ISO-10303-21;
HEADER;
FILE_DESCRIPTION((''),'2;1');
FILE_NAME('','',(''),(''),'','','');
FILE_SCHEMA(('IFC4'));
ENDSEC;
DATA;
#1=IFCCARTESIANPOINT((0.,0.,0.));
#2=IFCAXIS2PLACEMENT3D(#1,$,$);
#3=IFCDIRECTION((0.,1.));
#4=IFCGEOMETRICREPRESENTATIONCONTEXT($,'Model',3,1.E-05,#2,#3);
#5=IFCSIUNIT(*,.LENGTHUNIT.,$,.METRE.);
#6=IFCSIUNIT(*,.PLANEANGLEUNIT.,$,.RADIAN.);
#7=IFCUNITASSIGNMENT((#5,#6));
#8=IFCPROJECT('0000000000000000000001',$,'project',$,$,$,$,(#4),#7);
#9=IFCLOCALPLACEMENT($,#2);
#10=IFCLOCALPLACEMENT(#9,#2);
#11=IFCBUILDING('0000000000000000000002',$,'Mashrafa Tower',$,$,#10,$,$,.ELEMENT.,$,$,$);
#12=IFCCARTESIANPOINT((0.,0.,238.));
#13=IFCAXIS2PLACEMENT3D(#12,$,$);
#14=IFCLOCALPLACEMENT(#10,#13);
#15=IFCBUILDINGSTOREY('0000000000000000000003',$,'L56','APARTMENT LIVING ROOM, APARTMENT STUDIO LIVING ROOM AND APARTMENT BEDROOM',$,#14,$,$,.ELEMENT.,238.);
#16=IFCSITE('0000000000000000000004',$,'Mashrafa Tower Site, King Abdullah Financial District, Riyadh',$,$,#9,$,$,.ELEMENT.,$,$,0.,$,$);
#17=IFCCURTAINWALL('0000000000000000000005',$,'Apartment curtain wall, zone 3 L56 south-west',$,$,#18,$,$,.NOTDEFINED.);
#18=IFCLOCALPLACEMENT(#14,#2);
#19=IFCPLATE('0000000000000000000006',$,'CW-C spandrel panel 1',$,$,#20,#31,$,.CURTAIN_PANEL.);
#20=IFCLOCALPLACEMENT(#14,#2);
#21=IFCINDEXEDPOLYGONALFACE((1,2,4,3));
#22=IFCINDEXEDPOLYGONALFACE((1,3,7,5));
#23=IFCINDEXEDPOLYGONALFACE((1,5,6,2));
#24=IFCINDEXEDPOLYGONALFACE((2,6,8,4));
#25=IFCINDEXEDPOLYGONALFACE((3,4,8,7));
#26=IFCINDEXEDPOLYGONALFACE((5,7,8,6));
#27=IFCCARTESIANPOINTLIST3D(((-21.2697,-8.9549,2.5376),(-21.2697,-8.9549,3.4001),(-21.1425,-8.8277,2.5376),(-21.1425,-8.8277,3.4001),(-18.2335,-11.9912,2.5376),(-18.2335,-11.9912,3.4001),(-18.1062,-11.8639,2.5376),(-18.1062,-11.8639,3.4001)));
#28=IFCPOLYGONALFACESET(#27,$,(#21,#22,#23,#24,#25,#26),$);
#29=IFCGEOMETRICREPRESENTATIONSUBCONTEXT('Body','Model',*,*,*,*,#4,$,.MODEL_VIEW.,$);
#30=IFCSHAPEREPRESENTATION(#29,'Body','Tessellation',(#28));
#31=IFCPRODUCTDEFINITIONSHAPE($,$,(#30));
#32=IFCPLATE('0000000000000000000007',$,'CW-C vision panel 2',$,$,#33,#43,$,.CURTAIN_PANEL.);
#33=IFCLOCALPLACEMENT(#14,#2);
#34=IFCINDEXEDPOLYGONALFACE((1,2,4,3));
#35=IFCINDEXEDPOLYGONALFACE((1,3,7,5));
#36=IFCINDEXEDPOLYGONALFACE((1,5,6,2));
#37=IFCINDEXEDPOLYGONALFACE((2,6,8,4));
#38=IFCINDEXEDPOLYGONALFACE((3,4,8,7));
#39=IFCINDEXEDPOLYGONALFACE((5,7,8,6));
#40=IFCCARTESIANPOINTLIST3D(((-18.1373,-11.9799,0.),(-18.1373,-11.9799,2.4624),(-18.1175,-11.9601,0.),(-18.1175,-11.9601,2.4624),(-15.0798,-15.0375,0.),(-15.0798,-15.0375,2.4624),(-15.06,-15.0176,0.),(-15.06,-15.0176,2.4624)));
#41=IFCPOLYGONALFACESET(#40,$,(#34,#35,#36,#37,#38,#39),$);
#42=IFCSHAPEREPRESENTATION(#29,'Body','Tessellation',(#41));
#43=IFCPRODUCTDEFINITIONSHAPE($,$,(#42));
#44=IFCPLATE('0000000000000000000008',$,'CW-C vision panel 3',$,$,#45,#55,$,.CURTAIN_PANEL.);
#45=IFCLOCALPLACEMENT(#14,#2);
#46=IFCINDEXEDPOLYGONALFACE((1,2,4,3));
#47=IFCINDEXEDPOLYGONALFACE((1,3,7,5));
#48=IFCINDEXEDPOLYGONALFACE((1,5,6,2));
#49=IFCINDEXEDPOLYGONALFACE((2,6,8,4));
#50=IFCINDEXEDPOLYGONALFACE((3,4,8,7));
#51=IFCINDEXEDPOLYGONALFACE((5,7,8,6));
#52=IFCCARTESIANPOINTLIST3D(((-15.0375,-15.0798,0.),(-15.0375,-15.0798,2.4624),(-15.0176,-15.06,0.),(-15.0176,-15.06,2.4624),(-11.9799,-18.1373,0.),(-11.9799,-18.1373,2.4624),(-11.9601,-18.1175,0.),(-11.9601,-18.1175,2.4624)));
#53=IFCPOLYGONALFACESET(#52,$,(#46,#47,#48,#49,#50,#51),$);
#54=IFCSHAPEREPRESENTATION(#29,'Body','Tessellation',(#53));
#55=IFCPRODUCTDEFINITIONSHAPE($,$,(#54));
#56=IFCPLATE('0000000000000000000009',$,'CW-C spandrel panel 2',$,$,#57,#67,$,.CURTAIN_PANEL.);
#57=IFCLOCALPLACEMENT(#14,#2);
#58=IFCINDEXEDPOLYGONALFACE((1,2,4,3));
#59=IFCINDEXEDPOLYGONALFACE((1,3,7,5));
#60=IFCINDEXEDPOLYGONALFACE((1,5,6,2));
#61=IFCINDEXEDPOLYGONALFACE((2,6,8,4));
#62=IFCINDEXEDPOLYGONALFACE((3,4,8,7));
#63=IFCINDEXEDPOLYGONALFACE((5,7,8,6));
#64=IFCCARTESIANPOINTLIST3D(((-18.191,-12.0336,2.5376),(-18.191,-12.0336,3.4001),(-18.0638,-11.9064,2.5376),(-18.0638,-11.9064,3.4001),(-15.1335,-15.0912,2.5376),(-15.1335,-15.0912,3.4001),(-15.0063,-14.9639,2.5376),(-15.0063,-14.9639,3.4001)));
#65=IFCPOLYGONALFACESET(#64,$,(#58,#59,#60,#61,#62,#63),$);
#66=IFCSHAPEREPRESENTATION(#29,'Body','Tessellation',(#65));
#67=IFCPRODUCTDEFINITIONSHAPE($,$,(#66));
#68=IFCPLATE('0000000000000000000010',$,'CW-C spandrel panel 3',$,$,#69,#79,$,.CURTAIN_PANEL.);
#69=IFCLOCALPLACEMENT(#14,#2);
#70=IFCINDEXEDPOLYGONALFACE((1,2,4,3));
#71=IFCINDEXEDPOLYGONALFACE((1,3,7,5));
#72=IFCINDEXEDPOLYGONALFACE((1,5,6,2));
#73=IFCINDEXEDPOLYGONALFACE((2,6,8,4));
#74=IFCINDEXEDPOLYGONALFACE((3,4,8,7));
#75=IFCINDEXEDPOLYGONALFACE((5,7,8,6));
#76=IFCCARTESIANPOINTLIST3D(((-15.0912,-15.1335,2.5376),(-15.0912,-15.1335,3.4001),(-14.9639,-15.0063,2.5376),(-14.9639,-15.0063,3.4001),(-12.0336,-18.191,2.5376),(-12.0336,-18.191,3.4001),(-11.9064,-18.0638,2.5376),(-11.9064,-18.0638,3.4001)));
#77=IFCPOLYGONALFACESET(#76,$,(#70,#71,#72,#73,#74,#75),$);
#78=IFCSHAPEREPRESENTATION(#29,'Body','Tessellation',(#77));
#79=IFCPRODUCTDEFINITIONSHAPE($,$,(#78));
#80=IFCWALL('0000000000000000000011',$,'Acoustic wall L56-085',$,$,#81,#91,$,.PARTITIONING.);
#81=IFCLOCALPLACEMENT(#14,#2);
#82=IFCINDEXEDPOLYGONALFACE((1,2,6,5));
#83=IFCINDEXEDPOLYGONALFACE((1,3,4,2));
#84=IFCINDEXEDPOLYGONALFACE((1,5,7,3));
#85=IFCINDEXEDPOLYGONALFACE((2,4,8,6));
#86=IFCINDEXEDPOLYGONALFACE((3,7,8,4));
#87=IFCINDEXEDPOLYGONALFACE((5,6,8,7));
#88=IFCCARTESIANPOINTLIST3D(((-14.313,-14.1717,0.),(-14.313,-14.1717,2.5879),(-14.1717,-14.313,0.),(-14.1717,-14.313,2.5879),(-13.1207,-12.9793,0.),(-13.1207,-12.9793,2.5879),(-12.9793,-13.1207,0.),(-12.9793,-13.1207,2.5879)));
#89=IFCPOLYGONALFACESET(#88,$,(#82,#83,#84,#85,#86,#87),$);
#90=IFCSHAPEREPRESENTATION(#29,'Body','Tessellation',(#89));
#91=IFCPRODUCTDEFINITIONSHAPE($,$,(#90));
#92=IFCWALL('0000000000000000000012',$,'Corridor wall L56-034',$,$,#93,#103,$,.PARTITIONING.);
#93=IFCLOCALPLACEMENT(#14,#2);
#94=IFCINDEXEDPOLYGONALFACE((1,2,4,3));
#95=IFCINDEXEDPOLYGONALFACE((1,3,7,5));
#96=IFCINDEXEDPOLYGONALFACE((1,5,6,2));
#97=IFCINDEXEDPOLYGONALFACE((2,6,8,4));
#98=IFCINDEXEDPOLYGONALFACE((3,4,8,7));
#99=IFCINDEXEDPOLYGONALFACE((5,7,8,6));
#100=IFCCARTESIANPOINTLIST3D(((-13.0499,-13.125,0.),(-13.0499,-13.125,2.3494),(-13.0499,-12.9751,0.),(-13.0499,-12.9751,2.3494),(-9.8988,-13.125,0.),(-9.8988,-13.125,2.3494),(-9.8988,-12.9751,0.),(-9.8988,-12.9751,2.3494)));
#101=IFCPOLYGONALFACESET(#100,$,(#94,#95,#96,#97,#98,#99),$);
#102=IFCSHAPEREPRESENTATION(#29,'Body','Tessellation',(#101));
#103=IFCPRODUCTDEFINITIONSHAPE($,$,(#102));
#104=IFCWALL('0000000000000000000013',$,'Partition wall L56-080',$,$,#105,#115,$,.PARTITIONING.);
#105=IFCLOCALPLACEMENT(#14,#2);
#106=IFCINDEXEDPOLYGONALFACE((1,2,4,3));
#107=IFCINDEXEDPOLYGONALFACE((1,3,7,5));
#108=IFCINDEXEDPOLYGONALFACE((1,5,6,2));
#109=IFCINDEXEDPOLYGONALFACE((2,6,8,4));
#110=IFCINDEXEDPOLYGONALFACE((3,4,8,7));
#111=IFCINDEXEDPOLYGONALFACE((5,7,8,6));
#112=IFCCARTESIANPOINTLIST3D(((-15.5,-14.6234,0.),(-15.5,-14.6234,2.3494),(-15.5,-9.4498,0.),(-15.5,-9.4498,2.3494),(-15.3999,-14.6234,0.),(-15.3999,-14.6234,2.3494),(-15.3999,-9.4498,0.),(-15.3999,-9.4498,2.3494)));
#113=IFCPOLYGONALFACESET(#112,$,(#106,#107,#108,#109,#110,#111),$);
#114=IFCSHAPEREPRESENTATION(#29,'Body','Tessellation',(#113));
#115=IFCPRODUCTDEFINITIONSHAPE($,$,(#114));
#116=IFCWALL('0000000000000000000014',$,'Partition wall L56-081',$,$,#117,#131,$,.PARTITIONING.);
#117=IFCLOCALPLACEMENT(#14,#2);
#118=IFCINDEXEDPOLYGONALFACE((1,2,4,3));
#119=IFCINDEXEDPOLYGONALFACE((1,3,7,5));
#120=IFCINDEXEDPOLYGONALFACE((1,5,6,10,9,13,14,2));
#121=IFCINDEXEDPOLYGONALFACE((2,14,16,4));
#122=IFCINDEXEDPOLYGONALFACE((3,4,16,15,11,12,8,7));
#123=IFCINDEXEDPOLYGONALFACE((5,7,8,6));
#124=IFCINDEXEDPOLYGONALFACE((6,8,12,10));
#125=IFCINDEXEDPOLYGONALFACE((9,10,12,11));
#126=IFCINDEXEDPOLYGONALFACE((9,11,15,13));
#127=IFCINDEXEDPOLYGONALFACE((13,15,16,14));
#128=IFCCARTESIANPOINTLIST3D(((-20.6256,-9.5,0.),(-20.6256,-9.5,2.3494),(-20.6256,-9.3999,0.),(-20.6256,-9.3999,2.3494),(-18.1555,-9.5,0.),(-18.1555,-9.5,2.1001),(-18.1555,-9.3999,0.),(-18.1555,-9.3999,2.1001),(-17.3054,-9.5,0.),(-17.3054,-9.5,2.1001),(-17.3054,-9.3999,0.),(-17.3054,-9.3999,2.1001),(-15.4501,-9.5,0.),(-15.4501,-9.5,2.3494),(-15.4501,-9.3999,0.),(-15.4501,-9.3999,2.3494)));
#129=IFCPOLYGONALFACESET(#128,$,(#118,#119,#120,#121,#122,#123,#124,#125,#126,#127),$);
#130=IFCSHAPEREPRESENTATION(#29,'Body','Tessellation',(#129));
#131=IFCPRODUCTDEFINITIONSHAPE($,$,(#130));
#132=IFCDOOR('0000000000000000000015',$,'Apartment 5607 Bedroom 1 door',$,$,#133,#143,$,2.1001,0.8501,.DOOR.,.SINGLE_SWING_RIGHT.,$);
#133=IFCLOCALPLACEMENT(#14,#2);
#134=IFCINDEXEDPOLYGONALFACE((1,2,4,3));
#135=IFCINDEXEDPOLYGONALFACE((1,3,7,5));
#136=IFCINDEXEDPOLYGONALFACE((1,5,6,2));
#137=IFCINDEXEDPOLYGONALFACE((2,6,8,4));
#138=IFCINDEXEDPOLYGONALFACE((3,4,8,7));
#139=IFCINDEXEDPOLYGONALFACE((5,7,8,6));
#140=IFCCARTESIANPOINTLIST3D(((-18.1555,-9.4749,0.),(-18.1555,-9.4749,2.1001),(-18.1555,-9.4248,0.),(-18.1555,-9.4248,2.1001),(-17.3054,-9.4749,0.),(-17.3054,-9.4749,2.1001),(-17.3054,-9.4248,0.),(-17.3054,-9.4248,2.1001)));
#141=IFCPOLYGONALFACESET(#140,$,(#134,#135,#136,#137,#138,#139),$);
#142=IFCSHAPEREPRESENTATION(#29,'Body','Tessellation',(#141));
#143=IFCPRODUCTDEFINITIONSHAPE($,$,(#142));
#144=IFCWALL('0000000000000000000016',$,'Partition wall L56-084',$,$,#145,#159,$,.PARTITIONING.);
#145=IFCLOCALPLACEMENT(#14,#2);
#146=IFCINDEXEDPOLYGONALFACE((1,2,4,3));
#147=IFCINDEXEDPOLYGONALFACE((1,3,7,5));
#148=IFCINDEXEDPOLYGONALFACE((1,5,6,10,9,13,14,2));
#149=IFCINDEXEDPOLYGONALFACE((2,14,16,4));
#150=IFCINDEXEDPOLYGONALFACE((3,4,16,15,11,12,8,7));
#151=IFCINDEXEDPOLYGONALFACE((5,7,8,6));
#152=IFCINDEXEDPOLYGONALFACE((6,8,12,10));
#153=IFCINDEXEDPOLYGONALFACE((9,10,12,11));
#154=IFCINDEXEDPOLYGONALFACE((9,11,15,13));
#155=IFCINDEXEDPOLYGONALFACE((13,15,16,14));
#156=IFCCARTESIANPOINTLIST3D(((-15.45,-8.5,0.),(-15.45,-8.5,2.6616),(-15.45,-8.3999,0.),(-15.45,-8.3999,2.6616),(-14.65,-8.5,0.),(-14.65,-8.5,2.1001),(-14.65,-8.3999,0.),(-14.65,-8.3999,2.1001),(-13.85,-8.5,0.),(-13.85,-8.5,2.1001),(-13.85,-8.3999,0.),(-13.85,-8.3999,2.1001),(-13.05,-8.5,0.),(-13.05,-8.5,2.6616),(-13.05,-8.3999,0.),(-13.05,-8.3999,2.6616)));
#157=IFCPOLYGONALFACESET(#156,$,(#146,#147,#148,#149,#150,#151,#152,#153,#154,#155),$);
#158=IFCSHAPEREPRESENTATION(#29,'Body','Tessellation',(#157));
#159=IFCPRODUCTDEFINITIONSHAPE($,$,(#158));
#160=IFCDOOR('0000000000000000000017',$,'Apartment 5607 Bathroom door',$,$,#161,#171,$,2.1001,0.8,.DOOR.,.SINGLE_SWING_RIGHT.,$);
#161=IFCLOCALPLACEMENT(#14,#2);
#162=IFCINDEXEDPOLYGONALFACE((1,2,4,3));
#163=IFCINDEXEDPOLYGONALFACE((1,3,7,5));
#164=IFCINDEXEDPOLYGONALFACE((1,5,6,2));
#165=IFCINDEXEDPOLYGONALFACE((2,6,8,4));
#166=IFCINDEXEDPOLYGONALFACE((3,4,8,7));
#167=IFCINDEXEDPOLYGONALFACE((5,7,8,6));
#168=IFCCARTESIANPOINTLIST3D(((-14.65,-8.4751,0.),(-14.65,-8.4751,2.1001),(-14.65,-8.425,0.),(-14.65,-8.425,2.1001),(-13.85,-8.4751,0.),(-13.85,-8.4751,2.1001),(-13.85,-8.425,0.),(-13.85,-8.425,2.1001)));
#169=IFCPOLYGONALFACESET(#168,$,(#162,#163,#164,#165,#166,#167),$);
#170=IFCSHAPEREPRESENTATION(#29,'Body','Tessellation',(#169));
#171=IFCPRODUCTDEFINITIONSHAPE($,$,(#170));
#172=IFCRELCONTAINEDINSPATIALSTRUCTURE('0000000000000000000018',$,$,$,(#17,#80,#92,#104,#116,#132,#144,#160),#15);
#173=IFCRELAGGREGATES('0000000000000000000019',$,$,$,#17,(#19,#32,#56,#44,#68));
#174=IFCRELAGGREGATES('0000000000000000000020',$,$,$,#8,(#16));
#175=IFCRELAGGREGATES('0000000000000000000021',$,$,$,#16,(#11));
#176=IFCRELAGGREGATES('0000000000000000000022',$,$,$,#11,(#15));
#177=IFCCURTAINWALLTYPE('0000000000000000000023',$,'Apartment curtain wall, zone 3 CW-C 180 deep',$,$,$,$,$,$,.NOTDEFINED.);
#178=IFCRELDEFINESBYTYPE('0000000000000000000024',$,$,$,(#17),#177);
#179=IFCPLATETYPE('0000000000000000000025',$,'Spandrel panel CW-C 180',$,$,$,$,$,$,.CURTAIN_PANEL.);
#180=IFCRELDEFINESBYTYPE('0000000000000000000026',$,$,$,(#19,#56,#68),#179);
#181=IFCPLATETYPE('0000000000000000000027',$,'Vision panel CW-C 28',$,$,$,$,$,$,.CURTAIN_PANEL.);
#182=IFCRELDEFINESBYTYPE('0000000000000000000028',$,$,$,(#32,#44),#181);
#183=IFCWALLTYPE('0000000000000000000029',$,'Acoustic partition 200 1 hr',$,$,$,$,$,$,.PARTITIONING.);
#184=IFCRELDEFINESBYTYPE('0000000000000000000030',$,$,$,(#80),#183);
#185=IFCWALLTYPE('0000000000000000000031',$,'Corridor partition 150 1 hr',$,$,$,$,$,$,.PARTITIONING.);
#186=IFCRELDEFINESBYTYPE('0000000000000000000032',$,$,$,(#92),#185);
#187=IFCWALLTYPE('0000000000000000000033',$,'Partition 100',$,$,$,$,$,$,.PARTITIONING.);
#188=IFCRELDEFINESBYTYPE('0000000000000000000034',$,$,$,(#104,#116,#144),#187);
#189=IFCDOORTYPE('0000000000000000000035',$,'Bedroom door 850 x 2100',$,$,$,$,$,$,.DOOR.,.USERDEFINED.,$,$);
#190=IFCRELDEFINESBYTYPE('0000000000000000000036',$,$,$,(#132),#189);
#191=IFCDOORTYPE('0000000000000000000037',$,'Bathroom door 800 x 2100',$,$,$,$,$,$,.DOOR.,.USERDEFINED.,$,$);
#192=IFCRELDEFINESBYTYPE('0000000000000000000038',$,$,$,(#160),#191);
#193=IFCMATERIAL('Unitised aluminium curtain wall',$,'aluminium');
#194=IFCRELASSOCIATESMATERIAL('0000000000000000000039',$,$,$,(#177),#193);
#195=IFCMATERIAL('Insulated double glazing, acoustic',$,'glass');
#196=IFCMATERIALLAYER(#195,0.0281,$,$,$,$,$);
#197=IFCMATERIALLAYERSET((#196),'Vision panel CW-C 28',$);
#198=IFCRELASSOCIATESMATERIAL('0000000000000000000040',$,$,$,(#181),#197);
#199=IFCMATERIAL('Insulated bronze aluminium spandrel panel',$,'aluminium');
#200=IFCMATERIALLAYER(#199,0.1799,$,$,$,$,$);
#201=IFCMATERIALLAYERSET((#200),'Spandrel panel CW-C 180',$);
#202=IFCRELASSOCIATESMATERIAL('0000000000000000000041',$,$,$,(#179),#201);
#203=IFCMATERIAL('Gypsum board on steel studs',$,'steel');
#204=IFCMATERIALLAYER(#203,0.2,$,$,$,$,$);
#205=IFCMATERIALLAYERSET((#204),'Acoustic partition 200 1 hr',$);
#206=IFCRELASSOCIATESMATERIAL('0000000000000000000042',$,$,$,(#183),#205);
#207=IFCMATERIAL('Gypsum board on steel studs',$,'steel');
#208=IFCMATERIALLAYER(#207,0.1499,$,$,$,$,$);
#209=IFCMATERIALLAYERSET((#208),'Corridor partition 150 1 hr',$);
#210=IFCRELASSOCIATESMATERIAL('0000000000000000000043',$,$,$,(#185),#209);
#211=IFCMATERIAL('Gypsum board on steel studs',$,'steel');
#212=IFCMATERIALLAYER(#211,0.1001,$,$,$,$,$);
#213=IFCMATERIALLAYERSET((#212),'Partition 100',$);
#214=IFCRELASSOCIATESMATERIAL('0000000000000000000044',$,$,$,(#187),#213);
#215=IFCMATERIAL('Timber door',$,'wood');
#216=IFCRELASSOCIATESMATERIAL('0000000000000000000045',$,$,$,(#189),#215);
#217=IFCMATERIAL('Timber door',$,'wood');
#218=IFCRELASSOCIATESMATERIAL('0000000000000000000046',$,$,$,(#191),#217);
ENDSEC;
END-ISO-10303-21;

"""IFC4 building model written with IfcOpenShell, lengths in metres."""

from ifc_helpers import new_model, si_unit, direction, frame, frame_2d, origin, origin_2d, place, context, subcontext, project, spatial, rectangle, extrude, source, transform, mapped, material, layer, layer_set, type_object, type_shapes, element, fill, aggregate, save


model = new_model("IFC4")

# Units and contexts
model_context = context("Model", 3, precision=1e-05, world=origin(), true_north=direction((0.0, 1.0)))
body_context = subcontext(model_context, "Body", "Model", "MODEL_VIEW")
ifc_project = project(units=[si_unit("LENGTHUNIT", "METRE"), si_unit("PLANEANGLEUNIT", "RADIAN")], contexts=[model_context])

# Site, building, storey
site_placement = place(None, origin())
site = spatial("IfcSite", under=ifc_project, at=site_placement, Name="Mashrafa Tower Site, King Abdullah Financial District, Riyadh", CompositionType="ELEMENT", RefElevation=0.0)
building_placement = place(site_placement, origin())
building = spatial("IfcBuilding", under=site, at=building_placement, Name="Mashrafa Tower", CompositionType="ELEMENT")
storey_placement = place(building_placement, frame((0.0, 0.0, 238.0)))
storey = spatial("IfcBuildingStorey", under=building, at=storey_placement, Name="L56", Description="APARTMENT LIVING ROOM, APARTMENT STUDIO LIVING ROOM AND APARTMENT BEDROOM", CompositionType="ELEMENT", Elevation=238.0)

# Shared definitions
ifc_material_1 = material(Name="Unitised aluminium curtain wall", Category="aluminium")
curtain_wall_type = type_object("IfcCurtainWallType", Name="Apartment curtain wall, zone 3 CW-C 180 deep", PredefinedType="NOTDEFINED", material=ifc_material_1)

# Curtain wall, plates
curtain_wall_1_placement = place(storey_placement, origin())
curtain_wall_1 = element("IfcCurtainWall", 1, at=curtain_wall_1_placement, inside=storey, type_object=curtain_wall_type, Name="Apartment curtain wall, zone 3 L56 south-west", PredefinedType="NOTDEFINED")
ifc_material_2 = material(Name="Insulated double glazing, acoustic", Category="glass")
ifc_layer_1 = layer(ifc_material_2, 0.0281)
ifc_layer_set_1 = layer_set([ifc_layer_1], Name="Vision panel CW-C 28")
plate_type_1 = type_object("IfcPlateType", Name="Vision panel CW-C 28", PredefinedType="CURTAIN_PANEL", material=ifc_layer_set_1)
ifc_material_3 = material(Name="Insulated bronze aluminium spandrel panel", Category="aluminium")
ifc_layer_2 = layer(ifc_material_3, 0.1799)
ifc_layer_set_2 = layer_set([ifc_layer_2], Name="Spandrel panel CW-C 180")
plate_type_2 = type_object("IfcPlateType", Name="Spandrel panel CW-C 180", PredefinedType="CURTAIN_PANEL", material=ifc_layer_set_2)
shared_shape_1 = source(origin(), body_context, "Body", "SweptSolid", [
    extrude(rectangle(XDim=4.2939, YDim=0.1799, at=origin_2d()), origin(), (0.0, 0.0, 1.0), 0.8625),
])
plate_1_placement = place(storey_placement, frame((-19.688, -10.4094, 2.5376), z_axis=(0.0, 0.0, 1.0), x_axis=(0.707107, -0.707107, 0.0)))
plate_1 = element("IfcPlate", 2, at=plate_1_placement, type_object=plate_type_2, Name="CW-C spandrel panel 1", PredefinedType="CURTAIN_PANEL", context=body_context, shape_type="MappedRepresentation", body=[
    mapped(shared_shape_1, transform((0.0, 0.0, 0.0))),
])
shared_shape_2 = source(origin(), body_context, "Body", "SweptSolid", [
    extrude(rectangle(XDim=4.324, YDim=0.0281, at=origin_2d()), origin(), (0.0, 0.0, 1.0), 2.4624),
])
plate_2_placement = place(storey_placement, frame((-16.5986, -13.4988, 0.0), z_axis=(0.0, 0.0, 1.0), x_axis=(0.707107, -0.707107, 0.0)))
plate_2 = element("IfcPlate", 3, at=plate_2_placement, type_object=plate_type_1, Name="CW-C vision panel 2", PredefinedType="CURTAIN_PANEL", context=body_context, shape_type="MappedRepresentation", body=[
    mapped(shared_shape_2, transform((0.0, 0.0, 0.0))),
])
plate_3_placement = place(storey_placement, frame((-13.4988, -16.5986, 0.0), z_axis=(0.0, 0.0, 1.0), x_axis=(0.707107, -0.707107, 0.0)))
plate_3 = element("IfcPlate", 4, at=plate_3_placement, type_object=plate_type_1, Name="CW-C vision panel 3", PredefinedType="CURTAIN_PANEL", context=body_context, shape_type="MappedRepresentation", body=[
    mapped(shared_shape_2, transform((0.0, 0.0, 0.0))),
])
shared_shape_3 = source(origin(), body_context, "Body", "SweptSolid", [
    extrude(rectangle(XDim=4.324, YDim=0.1799, at=origin_2d()), origin(), (0.0, 0.0, 1.0), 0.8625),
])
type_shapes(plate_type_2, [shared_shape_1, shared_shape_3])
plate_4_placement = place(storey_placement, frame((-16.5986, -13.4988, 2.5376), z_axis=(0.0, 0.0, 1.0), x_axis=(0.707107, -0.707107, 0.0)))
plate_4 = element("IfcPlate", 5, at=plate_4_placement, type_object=plate_type_2, Name="CW-C spandrel panel 2", PredefinedType="CURTAIN_PANEL", context=body_context, shape_type="MappedRepresentation", body=[
    mapped(shared_shape_3, transform((0.0, 0.0, 0.0))),
])
plate_5_placement = place(storey_placement, frame((-13.4988, -16.5986, 2.5376), z_axis=(0.0, 0.0, 1.0), x_axis=(0.707107, -0.707107, 0.0)))
plate_5 = element("IfcPlate", 6, at=plate_5_placement, type_object=plate_type_2, Name="CW-C spandrel panel 3", PredefinedType="CURTAIN_PANEL", context=body_context, shape_type="MappedRepresentation", body=[
    mapped(shared_shape_3, transform((0.0, 0.0, 0.0))),
])
aggregate(curtain_wall_1, [plate_1, plate_2, plate_4, plate_3, plate_5])

# Walls
ifc_material_4 = material(Name="Gypsum board on steel studs", Category="steel")
ifc_layer_3 = layer(ifc_material_4, 0.2)
ifc_layer_set_3 = layer_set([ifc_layer_3], Name="Acoustic partition 200 1 hr")
wall_type_1 = type_object("IfcWallType", Name="Acoustic partition 200 1 hr", PredefinedType="PARTITIONING", material=ifc_layer_set_3)
wall_1_placement = place(storey_placement, frame((-14.2424, -14.2424, 0.0), z_axis=(0.0, 0.0, 1.0), x_axis=(0.707107, 0.707107, 0.0)))
element("IfcWall", 7, at=wall_1_placement, inside=storey, type_object=wall_type_1, Name="Acoustic wall L56-085", PredefinedType="PARTITIONING", context=body_context, shape_type="SweptSolid", body=[
    extrude(rectangle(XDim=1.6863, YDim=0.2, at=frame_2d((0.8433, 0.0))), origin(), (0.0, 0.0, 1.0), 2.5879),
])
ifc_material_5 = material(Name="Gypsum board on steel studs", Category="steel")
ifc_layer_4 = layer(ifc_material_5, 0.1499)
ifc_layer_set_4 = layer_set([ifc_layer_4], Name="Corridor partition 150 1 hr")
wall_type_2 = type_object("IfcWallType", Name="Corridor partition 150 1 hr", PredefinedType="PARTITIONING", material=ifc_layer_set_4)
wall_2_placement = place(storey_placement, frame((-13.05, -13.05, 0.0), z_axis=(0.0, 0.0, 1.0), x_axis=(1.0, 0.0, 0.0)))
element("IfcWall", 8, at=wall_2_placement, inside=storey, type_object=wall_type_2, Name="Corridor wall L56-034", PredefinedType="PARTITIONING", context=body_context, shape_type="SweptSolid", body=[
    extrude(rectangle(XDim=3.1511, YDim=0.1499, at=frame_2d((1.5757, 0.0))), origin(), (0.0, 0.0, 1.0), 2.3494),
])
ifc_material_6 = material(Name="Gypsum board on steel studs", Category="steel")
ifc_layer_5 = layer(ifc_material_6, 0.1001)
ifc_layer_set_5 = layer_set([ifc_layer_5], Name="Partition 100")
wall_type_3 = type_object("IfcWallType", Name="Partition 100", PredefinedType="PARTITIONING", material=ifc_layer_set_5)
wall_3_placement = place(storey_placement, frame((-15.45, -14.6235, 0.0), z_axis=(0.0, 0.0, 1.0), x_axis=(0.0, 1.0, 0.0)))
element("IfcWall", 9, at=wall_3_placement, inside=storey, type_object=wall_type_3, Name="Partition wall L56-080", PredefinedType="PARTITIONING", context=body_context, shape_type="SweptSolid", body=[
    extrude(rectangle(XDim=5.1736, YDim=0.1001, at=frame_2d((2.5869, 0.0))), origin(), (0.0, 0.0, 1.0), 2.3494),
])

# Walls, openings, doors
wall_4_placement = place(storey_placement, frame((-15.45, -9.45, 0.0), z_axis=(0.0, 0.0, 1.0), x_axis=(-1.0, 0.0, 0.0)))
wall_4 = element("IfcWall", 10, at=wall_4_placement, inside=storey, type_object=wall_type_3, Name="Partition wall L56-081", PredefinedType="PARTITIONING", context=body_context, shape_type="SweptSolid", body=[
    extrude(rectangle(XDim=5.1755, YDim=0.1001, at=frame_2d((2.5879, 0.0))), origin(), (0.0, 0.0, 1.0), 2.3494),
])
opening_1_placement = place(wall_4_placement, frame((1.8555, 0.0, 0.0)))
opening_1 = element("IfcOpeningElement", 11, at=opening_1_placement, cuts=wall_4, PredefinedType="OPENING", context=body_context, shape_type="SweptSolid", body=[
    extrude(rectangle(XDim=0.8501, YDim=2.1001, at=frame_2d((0.425, 1.05))), frame((0.0, 0.0601, 0.0), z_axis=(0.0, -1.0, 0.0), x_axis=(1.0, 0.0, 0.0)), (0.0, 0.0, 1.0), 0.1201),
])
ifc_material_7 = material(Name="Timber door", Category="wood")
door_type_1 = type_object("IfcDoorType", Name="Bedroom door 850 x 2100", OperationType="USERDEFINED", PredefinedType="DOOR", material=ifc_material_7)
door_1_placement = place(opening_1_placement, origin())
door_1 = element("IfcDoor", 12, at=door_1_placement, inside=storey, type_object=door_type_1, Name="Apartment 5607 Bedroom 1 door", OperationType="SINGLE_SWING_RIGHT", OverallHeight=2.1001, OverallWidth=0.8501, PredefinedType="DOOR", context=body_context, shape_type="SweptSolid", body=[
    extrude(rectangle(XDim=0.8501, YDim=2.1001, at=frame_2d((0.425, 1.05))), frame((0.0, 0.0249, 0.0), z_axis=(0.0, -1.0, 0.0), x_axis=(1.0, 0.0, 0.0)), (0.0, 0.0, 1.0), 0.05),
])
fill(opening_1, door_1)
wall_5_placement = place(storey_placement, frame((-15.45, -8.45, 0.0), z_axis=(0.0, 0.0, 1.0), x_axis=(1.0, 0.0, 0.0)))
wall_5 = element("IfcWall", 13, at=wall_5_placement, inside=storey, type_object=wall_type_3, Name="Partition wall L56-084", PredefinedType="PARTITIONING", context=body_context, shape_type="SweptSolid", body=[
    extrude(rectangle(XDim=2.3999, YDim=0.1001, at=frame_2d((1.2, 0.0))), origin(), (0.0, 0.0, 1.0), 2.6616),
])
opening_2_placement = place(wall_5_placement, frame((0.8, 0.0, 0.0)))
opening_2 = element("IfcOpeningElement", 14, at=opening_2_placement, cuts=wall_5, PredefinedType="OPENING", context=body_context, shape_type="SweptSolid", body=[
    extrude(rectangle(XDim=0.8, YDim=2.1001, at=frame_2d((0.3999, 1.05))), frame((0.0, 0.0601, 0.0), z_axis=(0.0, -1.0, 0.0), x_axis=(1.0, 0.0, 0.0)), (0.0, 0.0, 1.0), 0.1201),
])
ifc_material_8 = material(Name="Timber door", Category="wood")
door_type_2 = type_object("IfcDoorType", Name="Bathroom door 800 x 2100", OperationType="USERDEFINED", PredefinedType="DOOR", material=ifc_material_8)
door_2_placement = place(opening_2_placement, origin())
door_2 = element("IfcDoor", 15, at=door_2_placement, inside=storey, type_object=door_type_2, Name="Apartment 5607 Bathroom door", OperationType="SINGLE_SWING_RIGHT", OverallHeight=2.1001, OverallWidth=0.8, PredefinedType="DOOR", context=body_context, shape_type="SweptSolid", body=[
    extrude(rectangle(XDim=0.8, YDim=2.1001, at=frame_2d((0.3999, 1.05))), frame((0.0, 0.0249, 0.0), z_axis=(0.0, -1.0, 0.0), x_axis=(1.0, 0.0, 0.0)), (0.0, 0.0, 1.0), 0.05),
])
fill(opening_2, door_2)

save(model, "model.ifc")
